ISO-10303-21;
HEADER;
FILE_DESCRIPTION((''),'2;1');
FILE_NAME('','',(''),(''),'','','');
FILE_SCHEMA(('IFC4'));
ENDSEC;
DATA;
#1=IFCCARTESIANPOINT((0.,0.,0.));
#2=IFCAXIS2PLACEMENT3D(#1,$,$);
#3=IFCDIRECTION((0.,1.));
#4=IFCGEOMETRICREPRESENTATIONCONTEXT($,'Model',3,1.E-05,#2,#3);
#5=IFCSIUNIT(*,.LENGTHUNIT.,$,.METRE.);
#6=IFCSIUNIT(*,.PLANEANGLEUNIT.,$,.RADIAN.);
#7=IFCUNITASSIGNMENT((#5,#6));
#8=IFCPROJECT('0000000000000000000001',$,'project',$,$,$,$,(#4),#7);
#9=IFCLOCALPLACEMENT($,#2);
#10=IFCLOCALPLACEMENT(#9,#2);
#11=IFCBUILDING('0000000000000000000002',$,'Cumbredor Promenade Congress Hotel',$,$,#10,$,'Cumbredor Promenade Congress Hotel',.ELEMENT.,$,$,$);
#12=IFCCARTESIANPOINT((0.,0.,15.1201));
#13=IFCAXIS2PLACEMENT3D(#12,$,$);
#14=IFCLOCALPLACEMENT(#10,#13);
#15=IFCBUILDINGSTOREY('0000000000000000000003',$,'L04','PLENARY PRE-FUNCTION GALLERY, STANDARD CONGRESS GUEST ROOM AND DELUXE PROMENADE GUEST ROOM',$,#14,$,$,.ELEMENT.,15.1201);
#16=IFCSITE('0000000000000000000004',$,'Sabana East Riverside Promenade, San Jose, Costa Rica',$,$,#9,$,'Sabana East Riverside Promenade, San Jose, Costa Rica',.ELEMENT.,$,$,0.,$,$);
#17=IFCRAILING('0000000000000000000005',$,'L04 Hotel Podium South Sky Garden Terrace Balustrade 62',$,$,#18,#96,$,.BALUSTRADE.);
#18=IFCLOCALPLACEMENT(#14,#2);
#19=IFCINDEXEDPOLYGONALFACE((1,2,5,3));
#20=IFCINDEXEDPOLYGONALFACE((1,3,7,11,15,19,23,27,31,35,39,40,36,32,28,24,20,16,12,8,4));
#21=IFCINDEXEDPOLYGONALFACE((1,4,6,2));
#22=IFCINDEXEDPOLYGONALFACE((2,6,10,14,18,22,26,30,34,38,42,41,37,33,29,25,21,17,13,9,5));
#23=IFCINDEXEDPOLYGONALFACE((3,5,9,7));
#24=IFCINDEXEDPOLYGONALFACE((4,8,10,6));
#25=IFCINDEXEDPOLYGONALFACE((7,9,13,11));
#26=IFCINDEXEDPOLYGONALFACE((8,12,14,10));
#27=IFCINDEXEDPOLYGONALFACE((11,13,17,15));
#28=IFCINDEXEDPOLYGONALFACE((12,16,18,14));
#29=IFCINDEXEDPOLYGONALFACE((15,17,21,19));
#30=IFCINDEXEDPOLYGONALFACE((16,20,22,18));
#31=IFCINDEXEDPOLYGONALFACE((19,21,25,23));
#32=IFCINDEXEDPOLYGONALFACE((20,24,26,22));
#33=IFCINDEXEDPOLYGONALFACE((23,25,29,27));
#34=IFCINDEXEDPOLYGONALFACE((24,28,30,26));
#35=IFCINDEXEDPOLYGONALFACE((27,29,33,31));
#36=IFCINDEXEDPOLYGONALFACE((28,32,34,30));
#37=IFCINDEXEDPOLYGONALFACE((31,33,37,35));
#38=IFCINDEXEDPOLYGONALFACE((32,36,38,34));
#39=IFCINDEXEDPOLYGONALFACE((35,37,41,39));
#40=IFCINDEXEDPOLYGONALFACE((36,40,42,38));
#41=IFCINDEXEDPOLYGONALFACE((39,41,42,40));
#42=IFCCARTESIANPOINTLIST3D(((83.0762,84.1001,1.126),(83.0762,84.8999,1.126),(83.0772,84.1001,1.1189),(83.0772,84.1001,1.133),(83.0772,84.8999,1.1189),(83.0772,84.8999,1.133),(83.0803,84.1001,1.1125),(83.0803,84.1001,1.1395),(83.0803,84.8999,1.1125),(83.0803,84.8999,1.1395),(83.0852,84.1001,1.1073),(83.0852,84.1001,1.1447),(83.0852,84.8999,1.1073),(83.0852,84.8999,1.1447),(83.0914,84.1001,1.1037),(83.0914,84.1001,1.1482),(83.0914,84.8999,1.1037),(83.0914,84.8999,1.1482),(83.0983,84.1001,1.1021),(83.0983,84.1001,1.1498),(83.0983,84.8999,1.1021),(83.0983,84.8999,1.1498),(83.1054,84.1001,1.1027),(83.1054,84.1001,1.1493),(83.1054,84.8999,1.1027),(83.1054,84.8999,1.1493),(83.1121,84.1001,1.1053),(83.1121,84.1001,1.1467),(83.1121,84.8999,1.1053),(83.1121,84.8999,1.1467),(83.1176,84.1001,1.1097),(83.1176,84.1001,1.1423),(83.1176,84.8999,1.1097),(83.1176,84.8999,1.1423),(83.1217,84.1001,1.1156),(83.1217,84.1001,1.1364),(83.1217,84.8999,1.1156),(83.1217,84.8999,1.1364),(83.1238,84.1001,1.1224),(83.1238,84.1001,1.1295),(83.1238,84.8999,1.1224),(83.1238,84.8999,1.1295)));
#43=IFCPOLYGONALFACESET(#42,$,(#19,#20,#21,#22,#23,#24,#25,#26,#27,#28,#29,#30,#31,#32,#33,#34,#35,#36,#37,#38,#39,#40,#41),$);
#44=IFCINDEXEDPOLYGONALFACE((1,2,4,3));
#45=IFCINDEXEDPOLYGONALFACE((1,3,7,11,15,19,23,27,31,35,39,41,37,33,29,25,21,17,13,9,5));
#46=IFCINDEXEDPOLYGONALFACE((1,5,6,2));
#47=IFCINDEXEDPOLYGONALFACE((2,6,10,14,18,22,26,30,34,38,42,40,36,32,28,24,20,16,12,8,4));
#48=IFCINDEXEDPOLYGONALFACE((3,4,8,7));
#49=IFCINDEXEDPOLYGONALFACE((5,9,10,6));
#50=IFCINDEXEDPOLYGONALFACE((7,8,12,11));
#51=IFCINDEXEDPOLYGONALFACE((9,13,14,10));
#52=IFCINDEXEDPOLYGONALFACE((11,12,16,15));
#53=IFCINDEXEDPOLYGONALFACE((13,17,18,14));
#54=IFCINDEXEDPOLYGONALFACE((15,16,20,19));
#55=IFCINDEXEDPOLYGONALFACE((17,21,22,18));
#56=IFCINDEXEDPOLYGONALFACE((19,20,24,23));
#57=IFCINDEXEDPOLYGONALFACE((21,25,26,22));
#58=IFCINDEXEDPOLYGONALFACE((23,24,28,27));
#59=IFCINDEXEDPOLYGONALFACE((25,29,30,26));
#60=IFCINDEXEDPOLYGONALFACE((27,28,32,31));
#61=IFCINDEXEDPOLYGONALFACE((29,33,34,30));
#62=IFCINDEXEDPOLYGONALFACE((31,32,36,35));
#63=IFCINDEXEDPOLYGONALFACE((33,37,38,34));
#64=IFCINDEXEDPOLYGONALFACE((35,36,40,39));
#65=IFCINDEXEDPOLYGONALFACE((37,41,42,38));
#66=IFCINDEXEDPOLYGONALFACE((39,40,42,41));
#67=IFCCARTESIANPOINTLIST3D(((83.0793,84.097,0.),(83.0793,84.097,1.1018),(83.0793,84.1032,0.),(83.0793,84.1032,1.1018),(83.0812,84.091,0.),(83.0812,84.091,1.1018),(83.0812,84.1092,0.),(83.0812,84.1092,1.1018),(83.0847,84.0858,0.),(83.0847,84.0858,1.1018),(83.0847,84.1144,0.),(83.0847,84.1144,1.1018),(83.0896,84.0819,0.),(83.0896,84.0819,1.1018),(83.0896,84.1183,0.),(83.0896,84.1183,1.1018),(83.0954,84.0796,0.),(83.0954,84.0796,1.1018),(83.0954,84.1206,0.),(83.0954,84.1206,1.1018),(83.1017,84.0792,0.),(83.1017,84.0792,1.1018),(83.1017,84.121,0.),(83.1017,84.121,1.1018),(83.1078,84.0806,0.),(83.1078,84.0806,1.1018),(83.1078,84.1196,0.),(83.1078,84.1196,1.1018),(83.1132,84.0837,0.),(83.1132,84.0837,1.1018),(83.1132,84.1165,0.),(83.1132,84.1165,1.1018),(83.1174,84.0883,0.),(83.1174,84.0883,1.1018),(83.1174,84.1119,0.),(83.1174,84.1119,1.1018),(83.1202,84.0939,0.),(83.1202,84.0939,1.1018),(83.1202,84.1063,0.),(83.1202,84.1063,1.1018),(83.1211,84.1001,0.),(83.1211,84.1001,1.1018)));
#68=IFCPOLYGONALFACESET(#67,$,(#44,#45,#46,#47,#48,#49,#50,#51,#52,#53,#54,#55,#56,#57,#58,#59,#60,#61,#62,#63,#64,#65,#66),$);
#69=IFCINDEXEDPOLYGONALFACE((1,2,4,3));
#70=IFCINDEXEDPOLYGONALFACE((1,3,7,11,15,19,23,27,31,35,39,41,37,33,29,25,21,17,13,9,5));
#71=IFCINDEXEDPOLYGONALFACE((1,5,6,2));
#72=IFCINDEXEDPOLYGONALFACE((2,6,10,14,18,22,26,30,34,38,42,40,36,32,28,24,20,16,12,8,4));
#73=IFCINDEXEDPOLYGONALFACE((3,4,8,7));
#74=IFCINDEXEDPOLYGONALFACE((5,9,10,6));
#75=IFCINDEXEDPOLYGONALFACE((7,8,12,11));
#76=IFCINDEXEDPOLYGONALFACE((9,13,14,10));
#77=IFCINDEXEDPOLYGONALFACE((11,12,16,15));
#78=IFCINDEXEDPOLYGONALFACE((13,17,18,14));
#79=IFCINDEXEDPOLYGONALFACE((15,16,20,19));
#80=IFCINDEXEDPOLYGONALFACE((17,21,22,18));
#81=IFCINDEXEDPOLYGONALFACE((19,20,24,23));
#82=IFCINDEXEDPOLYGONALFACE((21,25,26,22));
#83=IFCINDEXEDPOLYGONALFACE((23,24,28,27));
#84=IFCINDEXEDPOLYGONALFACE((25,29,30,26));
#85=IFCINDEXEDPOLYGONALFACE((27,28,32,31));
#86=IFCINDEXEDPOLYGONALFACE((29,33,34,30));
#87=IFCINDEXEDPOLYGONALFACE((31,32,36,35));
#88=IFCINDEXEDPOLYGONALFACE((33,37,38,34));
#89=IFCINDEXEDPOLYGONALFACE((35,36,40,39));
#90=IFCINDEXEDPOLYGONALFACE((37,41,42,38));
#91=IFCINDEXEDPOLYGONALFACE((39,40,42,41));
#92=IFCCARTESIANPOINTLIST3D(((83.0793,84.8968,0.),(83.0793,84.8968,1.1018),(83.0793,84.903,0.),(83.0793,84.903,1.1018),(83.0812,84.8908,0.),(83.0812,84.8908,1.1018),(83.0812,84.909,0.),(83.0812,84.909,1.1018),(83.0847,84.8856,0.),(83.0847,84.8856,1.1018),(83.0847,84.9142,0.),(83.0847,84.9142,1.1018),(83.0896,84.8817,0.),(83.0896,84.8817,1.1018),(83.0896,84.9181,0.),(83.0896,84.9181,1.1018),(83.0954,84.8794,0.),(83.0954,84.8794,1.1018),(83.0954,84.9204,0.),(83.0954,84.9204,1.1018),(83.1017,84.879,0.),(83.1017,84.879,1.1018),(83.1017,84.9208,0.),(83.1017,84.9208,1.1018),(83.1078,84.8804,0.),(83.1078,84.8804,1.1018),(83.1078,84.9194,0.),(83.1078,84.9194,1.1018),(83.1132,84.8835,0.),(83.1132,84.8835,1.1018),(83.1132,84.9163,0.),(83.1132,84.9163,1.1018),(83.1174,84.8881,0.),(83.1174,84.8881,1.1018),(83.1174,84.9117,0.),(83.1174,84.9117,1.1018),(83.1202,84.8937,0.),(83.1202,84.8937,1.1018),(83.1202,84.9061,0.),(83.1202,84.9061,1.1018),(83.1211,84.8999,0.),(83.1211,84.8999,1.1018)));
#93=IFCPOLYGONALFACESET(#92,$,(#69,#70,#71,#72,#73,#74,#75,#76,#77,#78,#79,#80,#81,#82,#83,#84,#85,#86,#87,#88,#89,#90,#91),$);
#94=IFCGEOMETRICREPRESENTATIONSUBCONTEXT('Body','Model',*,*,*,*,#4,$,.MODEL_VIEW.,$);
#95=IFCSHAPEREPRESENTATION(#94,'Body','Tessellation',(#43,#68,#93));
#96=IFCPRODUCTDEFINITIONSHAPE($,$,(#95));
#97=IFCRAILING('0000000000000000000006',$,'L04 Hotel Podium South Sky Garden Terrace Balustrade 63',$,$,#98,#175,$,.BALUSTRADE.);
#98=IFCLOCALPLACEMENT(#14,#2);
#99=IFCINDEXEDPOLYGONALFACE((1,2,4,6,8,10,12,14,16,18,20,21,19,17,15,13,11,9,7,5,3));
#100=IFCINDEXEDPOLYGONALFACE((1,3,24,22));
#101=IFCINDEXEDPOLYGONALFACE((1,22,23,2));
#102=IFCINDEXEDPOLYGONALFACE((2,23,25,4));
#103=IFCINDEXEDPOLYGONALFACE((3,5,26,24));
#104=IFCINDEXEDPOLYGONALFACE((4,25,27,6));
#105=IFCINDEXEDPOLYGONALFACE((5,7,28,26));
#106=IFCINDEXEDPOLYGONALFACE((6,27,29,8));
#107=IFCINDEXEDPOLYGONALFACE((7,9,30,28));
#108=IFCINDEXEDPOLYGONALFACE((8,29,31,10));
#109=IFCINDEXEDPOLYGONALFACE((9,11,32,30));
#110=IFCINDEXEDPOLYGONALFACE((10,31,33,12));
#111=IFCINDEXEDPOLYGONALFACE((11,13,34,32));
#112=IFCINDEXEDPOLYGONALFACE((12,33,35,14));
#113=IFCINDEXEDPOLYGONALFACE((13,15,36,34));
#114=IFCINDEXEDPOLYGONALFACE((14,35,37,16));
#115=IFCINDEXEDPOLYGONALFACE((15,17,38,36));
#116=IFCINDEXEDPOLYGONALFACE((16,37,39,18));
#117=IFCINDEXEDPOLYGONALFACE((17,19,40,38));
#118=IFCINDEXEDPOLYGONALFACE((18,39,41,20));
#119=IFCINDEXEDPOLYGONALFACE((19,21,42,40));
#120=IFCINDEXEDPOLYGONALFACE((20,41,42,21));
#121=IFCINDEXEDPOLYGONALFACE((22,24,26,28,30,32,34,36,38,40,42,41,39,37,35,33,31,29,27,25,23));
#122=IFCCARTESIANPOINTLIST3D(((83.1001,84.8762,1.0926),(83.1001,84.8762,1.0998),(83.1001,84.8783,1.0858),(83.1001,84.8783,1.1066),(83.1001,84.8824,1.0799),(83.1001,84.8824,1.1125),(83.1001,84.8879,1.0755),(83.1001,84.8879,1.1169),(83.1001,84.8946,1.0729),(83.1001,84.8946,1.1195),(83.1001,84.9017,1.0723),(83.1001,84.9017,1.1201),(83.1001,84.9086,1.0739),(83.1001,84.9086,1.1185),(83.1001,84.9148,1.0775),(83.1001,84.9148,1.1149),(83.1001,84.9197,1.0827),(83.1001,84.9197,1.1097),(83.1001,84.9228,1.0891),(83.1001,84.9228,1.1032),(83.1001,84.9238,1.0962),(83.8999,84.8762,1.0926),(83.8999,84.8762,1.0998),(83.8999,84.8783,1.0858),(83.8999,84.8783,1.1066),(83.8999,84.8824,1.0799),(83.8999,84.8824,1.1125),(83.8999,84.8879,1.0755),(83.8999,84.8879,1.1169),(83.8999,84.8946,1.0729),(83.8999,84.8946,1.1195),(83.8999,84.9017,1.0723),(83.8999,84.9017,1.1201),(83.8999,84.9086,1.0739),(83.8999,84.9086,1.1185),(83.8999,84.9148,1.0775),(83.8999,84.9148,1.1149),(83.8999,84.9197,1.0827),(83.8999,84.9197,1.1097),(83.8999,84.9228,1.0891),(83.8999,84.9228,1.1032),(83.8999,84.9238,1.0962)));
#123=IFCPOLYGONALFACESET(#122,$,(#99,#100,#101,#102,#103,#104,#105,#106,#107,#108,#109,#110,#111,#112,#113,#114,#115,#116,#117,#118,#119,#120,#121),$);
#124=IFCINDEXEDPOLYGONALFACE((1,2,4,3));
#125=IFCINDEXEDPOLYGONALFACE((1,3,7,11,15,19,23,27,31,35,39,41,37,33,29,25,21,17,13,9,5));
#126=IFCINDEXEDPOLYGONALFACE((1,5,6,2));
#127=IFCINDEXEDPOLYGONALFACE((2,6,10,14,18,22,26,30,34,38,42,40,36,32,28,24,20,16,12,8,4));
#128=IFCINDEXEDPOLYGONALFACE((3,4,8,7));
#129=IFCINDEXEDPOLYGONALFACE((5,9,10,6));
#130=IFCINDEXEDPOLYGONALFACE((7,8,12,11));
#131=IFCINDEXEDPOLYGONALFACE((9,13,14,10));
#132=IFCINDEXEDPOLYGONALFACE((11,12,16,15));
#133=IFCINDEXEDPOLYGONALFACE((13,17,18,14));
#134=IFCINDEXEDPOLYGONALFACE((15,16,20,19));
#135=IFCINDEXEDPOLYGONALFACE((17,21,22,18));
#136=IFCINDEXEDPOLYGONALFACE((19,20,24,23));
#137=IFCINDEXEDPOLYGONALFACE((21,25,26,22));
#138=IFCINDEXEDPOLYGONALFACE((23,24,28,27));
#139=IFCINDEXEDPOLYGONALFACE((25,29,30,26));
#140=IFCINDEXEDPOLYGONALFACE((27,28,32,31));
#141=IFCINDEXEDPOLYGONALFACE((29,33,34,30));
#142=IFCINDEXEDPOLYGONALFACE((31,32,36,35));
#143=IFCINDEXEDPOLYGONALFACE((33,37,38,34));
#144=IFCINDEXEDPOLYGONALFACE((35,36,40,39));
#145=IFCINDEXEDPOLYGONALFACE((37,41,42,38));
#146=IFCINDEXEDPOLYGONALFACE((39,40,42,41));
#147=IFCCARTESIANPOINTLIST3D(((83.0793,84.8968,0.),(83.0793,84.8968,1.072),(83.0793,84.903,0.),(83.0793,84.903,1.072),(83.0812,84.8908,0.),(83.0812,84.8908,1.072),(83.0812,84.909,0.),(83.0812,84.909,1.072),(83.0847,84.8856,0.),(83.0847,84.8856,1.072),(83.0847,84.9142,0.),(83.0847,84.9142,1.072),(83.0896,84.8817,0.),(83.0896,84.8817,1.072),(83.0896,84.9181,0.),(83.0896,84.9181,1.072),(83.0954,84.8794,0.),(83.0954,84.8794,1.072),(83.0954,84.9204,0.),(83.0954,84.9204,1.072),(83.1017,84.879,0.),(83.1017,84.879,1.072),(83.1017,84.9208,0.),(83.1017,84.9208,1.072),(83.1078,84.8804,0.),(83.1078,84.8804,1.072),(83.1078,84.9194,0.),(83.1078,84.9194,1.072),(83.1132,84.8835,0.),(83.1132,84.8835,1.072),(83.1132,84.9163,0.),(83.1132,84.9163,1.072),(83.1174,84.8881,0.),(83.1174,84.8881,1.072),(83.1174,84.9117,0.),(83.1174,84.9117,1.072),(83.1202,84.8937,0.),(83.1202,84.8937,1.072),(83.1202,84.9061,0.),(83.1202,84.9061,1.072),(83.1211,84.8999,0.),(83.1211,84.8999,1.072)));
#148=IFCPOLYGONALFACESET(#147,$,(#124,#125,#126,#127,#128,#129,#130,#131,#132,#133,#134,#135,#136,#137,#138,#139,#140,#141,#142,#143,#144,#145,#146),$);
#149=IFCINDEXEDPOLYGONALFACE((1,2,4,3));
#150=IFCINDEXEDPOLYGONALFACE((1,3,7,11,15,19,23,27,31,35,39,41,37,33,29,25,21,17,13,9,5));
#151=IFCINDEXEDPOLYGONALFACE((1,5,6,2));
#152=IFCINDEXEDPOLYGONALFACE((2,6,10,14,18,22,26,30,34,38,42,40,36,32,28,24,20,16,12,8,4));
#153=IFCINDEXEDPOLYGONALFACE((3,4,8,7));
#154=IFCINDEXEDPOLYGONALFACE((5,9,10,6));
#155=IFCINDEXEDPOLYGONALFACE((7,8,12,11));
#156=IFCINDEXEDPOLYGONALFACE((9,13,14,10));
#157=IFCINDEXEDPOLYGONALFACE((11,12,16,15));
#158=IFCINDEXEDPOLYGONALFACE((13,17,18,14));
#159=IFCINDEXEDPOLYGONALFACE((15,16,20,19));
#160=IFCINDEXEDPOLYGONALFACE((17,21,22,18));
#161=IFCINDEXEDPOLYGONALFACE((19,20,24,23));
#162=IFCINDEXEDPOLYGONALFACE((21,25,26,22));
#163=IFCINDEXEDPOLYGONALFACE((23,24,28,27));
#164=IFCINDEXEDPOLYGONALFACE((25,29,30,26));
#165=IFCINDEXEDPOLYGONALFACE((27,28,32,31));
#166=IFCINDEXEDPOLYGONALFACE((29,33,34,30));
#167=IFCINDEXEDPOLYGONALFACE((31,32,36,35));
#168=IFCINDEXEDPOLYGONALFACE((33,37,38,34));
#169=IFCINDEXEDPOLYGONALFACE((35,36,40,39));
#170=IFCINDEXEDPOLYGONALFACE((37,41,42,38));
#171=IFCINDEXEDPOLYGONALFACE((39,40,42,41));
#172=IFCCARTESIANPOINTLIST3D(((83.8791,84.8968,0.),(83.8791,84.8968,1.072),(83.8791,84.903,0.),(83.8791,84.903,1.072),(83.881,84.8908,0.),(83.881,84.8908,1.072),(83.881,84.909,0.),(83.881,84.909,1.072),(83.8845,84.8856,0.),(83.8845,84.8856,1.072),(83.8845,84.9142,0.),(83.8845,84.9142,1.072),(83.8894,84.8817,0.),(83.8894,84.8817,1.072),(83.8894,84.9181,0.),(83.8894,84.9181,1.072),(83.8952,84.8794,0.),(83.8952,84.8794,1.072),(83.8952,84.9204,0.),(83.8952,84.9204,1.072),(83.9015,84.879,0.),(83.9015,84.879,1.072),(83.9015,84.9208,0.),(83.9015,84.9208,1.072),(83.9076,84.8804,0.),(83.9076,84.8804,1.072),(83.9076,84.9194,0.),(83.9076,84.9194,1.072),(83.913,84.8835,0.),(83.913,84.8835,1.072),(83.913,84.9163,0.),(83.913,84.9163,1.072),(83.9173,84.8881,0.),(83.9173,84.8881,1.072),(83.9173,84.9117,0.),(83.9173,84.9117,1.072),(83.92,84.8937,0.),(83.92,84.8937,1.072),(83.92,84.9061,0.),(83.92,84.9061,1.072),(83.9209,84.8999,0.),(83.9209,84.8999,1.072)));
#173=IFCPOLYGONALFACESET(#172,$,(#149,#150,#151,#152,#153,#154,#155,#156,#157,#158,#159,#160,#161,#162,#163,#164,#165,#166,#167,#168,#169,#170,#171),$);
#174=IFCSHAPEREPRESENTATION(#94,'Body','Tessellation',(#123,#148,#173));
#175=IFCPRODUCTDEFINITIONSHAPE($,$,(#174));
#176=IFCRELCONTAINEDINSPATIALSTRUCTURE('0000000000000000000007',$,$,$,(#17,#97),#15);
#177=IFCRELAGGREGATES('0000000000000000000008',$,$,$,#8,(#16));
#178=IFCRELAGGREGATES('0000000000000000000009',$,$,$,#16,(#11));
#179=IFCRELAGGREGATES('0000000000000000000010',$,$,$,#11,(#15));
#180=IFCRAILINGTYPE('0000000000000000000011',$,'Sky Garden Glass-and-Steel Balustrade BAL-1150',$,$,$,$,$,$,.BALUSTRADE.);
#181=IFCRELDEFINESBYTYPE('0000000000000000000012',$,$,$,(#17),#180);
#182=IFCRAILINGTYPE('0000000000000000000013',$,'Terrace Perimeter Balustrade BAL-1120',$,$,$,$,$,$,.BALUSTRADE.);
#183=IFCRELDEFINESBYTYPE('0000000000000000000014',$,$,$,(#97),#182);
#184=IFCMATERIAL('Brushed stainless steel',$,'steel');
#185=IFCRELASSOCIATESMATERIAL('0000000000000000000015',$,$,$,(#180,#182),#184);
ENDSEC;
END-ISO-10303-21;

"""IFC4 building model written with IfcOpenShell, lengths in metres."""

from ifc_helpers import new_model, si_unit, direction, frame, origin, origin_2d, place, context, subcontext, project, spatial, circle, extrude, material, type_object, element, save


model = new_model("IFC4")

# Units and contexts
model_context = context("Model", 3, precision=1e-05, world=origin(), true_north=direction((0.0, 1.0)))
body_context = subcontext(model_context, "Body", "Model", "MODEL_VIEW")
ifc_project = project(units=[si_unit("LENGTHUNIT", "METRE"), si_unit("PLANEANGLEUNIT", "RADIAN")], contexts=[model_context])

# Site, building, storey
site_placement = place(None, origin())
site = spatial("IfcSite", under=ifc_project, at=site_placement, Name="Sabana East Riverside Promenade, San Jose, Costa Rica", LongName="Sabana East Riverside Promenade, San Jose, Costa Rica", CompositionType="ELEMENT", RefElevation=0.0)
building_placement = place(site_placement, origin())
building = spatial("IfcBuilding", under=site, at=building_placement, Name="Cumbredor Promenade Congress Hotel", LongName="Cumbredor Promenade Congress Hotel", CompositionType="ELEMENT")
storey_placement = place(building_placement, frame((0.0, 0.0, 15.1201)))
storey = spatial("IfcBuildingStorey", under=building, at=storey_placement, Name="L04", Description="PLENARY PRE-FUNCTION GALLERY, STANDARD CONGRESS GUEST ROOM AND DELUXE PROMENADE GUEST ROOM", CompositionType="ELEMENT", Elevation=15.1201)

# Railings
ifc_material_1 = material(Name="Brushed stainless steel", Category="steel")
railing_type_1 = type_object("IfcRailingType", Name="Sky Garden Glass-and-Steel Balustrade BAL-1150", PredefinedType="BALUSTRADE", material=ifc_material_1)
railing_1_placement = place(storey_placement, frame((83.1001, 84.1001, 0.0)))
element("IfcRailing", 1, at=railing_1_placement, inside=storey, type_object=railing_type_1, Name="L04 Hotel Podium South Sky Garden Terrace Balustrade 62", PredefinedType="BALUSTRADE", context=body_context, shape_type="SweptSolid", body=[
    extrude(circle(Radius=0.0239, at=origin_2d()), frame((0.0, 0.0, 1.126), z_axis=(0.0, 1.0, 0.0), x_axis=(-1.0, 0.0, 0.0)), (0.0, 0.0, 1.0), 0.7998),
    extrude(circle(Radius=0.021, at=origin_2d()), origin(), (0.0, 0.0, 1.0), 1.1018),
    extrude(circle(Radius=0.021, at=origin_2d()), frame((0.0, 0.7998, 0.0)), (0.0, 0.0, 1.0), 1.1018),
])
railing_type_2 = type_object("IfcRailingType", Name="Terrace Perimeter Balustrade BAL-1120", PredefinedType="BALUSTRADE", material=ifc_material_1)
railing_2_placement = place(storey_placement, frame((83.1001, 84.8999, 0.0)))
element("IfcRailing", 2, at=railing_2_placement, inside=storey, type_object=railing_type_2, Name="L04 Hotel Podium South Sky Garden Terrace Balustrade 63", PredefinedType="BALUSTRADE", context=body_context, shape_type="SweptSolid", body=[
    extrude(circle(Radius=0.0239, at=origin_2d()), frame((0.0, 0.0, 1.0962), z_axis=(1.0, 0.0, 0.0), x_axis=(0.0, 1.0, 0.0)), (0.0, 0.0, 1.0), 0.7998),
    extrude(circle(Radius=0.021, at=origin_2d()), origin(), (0.0, 0.0, 1.0), 1.072),
    extrude(circle(Radius=0.021, at=origin_2d()), frame((0.7998, 0.0, 0.0)), (0.0, 0.0, 1.0), 1.072),
])

save(model, "model.ifc")
